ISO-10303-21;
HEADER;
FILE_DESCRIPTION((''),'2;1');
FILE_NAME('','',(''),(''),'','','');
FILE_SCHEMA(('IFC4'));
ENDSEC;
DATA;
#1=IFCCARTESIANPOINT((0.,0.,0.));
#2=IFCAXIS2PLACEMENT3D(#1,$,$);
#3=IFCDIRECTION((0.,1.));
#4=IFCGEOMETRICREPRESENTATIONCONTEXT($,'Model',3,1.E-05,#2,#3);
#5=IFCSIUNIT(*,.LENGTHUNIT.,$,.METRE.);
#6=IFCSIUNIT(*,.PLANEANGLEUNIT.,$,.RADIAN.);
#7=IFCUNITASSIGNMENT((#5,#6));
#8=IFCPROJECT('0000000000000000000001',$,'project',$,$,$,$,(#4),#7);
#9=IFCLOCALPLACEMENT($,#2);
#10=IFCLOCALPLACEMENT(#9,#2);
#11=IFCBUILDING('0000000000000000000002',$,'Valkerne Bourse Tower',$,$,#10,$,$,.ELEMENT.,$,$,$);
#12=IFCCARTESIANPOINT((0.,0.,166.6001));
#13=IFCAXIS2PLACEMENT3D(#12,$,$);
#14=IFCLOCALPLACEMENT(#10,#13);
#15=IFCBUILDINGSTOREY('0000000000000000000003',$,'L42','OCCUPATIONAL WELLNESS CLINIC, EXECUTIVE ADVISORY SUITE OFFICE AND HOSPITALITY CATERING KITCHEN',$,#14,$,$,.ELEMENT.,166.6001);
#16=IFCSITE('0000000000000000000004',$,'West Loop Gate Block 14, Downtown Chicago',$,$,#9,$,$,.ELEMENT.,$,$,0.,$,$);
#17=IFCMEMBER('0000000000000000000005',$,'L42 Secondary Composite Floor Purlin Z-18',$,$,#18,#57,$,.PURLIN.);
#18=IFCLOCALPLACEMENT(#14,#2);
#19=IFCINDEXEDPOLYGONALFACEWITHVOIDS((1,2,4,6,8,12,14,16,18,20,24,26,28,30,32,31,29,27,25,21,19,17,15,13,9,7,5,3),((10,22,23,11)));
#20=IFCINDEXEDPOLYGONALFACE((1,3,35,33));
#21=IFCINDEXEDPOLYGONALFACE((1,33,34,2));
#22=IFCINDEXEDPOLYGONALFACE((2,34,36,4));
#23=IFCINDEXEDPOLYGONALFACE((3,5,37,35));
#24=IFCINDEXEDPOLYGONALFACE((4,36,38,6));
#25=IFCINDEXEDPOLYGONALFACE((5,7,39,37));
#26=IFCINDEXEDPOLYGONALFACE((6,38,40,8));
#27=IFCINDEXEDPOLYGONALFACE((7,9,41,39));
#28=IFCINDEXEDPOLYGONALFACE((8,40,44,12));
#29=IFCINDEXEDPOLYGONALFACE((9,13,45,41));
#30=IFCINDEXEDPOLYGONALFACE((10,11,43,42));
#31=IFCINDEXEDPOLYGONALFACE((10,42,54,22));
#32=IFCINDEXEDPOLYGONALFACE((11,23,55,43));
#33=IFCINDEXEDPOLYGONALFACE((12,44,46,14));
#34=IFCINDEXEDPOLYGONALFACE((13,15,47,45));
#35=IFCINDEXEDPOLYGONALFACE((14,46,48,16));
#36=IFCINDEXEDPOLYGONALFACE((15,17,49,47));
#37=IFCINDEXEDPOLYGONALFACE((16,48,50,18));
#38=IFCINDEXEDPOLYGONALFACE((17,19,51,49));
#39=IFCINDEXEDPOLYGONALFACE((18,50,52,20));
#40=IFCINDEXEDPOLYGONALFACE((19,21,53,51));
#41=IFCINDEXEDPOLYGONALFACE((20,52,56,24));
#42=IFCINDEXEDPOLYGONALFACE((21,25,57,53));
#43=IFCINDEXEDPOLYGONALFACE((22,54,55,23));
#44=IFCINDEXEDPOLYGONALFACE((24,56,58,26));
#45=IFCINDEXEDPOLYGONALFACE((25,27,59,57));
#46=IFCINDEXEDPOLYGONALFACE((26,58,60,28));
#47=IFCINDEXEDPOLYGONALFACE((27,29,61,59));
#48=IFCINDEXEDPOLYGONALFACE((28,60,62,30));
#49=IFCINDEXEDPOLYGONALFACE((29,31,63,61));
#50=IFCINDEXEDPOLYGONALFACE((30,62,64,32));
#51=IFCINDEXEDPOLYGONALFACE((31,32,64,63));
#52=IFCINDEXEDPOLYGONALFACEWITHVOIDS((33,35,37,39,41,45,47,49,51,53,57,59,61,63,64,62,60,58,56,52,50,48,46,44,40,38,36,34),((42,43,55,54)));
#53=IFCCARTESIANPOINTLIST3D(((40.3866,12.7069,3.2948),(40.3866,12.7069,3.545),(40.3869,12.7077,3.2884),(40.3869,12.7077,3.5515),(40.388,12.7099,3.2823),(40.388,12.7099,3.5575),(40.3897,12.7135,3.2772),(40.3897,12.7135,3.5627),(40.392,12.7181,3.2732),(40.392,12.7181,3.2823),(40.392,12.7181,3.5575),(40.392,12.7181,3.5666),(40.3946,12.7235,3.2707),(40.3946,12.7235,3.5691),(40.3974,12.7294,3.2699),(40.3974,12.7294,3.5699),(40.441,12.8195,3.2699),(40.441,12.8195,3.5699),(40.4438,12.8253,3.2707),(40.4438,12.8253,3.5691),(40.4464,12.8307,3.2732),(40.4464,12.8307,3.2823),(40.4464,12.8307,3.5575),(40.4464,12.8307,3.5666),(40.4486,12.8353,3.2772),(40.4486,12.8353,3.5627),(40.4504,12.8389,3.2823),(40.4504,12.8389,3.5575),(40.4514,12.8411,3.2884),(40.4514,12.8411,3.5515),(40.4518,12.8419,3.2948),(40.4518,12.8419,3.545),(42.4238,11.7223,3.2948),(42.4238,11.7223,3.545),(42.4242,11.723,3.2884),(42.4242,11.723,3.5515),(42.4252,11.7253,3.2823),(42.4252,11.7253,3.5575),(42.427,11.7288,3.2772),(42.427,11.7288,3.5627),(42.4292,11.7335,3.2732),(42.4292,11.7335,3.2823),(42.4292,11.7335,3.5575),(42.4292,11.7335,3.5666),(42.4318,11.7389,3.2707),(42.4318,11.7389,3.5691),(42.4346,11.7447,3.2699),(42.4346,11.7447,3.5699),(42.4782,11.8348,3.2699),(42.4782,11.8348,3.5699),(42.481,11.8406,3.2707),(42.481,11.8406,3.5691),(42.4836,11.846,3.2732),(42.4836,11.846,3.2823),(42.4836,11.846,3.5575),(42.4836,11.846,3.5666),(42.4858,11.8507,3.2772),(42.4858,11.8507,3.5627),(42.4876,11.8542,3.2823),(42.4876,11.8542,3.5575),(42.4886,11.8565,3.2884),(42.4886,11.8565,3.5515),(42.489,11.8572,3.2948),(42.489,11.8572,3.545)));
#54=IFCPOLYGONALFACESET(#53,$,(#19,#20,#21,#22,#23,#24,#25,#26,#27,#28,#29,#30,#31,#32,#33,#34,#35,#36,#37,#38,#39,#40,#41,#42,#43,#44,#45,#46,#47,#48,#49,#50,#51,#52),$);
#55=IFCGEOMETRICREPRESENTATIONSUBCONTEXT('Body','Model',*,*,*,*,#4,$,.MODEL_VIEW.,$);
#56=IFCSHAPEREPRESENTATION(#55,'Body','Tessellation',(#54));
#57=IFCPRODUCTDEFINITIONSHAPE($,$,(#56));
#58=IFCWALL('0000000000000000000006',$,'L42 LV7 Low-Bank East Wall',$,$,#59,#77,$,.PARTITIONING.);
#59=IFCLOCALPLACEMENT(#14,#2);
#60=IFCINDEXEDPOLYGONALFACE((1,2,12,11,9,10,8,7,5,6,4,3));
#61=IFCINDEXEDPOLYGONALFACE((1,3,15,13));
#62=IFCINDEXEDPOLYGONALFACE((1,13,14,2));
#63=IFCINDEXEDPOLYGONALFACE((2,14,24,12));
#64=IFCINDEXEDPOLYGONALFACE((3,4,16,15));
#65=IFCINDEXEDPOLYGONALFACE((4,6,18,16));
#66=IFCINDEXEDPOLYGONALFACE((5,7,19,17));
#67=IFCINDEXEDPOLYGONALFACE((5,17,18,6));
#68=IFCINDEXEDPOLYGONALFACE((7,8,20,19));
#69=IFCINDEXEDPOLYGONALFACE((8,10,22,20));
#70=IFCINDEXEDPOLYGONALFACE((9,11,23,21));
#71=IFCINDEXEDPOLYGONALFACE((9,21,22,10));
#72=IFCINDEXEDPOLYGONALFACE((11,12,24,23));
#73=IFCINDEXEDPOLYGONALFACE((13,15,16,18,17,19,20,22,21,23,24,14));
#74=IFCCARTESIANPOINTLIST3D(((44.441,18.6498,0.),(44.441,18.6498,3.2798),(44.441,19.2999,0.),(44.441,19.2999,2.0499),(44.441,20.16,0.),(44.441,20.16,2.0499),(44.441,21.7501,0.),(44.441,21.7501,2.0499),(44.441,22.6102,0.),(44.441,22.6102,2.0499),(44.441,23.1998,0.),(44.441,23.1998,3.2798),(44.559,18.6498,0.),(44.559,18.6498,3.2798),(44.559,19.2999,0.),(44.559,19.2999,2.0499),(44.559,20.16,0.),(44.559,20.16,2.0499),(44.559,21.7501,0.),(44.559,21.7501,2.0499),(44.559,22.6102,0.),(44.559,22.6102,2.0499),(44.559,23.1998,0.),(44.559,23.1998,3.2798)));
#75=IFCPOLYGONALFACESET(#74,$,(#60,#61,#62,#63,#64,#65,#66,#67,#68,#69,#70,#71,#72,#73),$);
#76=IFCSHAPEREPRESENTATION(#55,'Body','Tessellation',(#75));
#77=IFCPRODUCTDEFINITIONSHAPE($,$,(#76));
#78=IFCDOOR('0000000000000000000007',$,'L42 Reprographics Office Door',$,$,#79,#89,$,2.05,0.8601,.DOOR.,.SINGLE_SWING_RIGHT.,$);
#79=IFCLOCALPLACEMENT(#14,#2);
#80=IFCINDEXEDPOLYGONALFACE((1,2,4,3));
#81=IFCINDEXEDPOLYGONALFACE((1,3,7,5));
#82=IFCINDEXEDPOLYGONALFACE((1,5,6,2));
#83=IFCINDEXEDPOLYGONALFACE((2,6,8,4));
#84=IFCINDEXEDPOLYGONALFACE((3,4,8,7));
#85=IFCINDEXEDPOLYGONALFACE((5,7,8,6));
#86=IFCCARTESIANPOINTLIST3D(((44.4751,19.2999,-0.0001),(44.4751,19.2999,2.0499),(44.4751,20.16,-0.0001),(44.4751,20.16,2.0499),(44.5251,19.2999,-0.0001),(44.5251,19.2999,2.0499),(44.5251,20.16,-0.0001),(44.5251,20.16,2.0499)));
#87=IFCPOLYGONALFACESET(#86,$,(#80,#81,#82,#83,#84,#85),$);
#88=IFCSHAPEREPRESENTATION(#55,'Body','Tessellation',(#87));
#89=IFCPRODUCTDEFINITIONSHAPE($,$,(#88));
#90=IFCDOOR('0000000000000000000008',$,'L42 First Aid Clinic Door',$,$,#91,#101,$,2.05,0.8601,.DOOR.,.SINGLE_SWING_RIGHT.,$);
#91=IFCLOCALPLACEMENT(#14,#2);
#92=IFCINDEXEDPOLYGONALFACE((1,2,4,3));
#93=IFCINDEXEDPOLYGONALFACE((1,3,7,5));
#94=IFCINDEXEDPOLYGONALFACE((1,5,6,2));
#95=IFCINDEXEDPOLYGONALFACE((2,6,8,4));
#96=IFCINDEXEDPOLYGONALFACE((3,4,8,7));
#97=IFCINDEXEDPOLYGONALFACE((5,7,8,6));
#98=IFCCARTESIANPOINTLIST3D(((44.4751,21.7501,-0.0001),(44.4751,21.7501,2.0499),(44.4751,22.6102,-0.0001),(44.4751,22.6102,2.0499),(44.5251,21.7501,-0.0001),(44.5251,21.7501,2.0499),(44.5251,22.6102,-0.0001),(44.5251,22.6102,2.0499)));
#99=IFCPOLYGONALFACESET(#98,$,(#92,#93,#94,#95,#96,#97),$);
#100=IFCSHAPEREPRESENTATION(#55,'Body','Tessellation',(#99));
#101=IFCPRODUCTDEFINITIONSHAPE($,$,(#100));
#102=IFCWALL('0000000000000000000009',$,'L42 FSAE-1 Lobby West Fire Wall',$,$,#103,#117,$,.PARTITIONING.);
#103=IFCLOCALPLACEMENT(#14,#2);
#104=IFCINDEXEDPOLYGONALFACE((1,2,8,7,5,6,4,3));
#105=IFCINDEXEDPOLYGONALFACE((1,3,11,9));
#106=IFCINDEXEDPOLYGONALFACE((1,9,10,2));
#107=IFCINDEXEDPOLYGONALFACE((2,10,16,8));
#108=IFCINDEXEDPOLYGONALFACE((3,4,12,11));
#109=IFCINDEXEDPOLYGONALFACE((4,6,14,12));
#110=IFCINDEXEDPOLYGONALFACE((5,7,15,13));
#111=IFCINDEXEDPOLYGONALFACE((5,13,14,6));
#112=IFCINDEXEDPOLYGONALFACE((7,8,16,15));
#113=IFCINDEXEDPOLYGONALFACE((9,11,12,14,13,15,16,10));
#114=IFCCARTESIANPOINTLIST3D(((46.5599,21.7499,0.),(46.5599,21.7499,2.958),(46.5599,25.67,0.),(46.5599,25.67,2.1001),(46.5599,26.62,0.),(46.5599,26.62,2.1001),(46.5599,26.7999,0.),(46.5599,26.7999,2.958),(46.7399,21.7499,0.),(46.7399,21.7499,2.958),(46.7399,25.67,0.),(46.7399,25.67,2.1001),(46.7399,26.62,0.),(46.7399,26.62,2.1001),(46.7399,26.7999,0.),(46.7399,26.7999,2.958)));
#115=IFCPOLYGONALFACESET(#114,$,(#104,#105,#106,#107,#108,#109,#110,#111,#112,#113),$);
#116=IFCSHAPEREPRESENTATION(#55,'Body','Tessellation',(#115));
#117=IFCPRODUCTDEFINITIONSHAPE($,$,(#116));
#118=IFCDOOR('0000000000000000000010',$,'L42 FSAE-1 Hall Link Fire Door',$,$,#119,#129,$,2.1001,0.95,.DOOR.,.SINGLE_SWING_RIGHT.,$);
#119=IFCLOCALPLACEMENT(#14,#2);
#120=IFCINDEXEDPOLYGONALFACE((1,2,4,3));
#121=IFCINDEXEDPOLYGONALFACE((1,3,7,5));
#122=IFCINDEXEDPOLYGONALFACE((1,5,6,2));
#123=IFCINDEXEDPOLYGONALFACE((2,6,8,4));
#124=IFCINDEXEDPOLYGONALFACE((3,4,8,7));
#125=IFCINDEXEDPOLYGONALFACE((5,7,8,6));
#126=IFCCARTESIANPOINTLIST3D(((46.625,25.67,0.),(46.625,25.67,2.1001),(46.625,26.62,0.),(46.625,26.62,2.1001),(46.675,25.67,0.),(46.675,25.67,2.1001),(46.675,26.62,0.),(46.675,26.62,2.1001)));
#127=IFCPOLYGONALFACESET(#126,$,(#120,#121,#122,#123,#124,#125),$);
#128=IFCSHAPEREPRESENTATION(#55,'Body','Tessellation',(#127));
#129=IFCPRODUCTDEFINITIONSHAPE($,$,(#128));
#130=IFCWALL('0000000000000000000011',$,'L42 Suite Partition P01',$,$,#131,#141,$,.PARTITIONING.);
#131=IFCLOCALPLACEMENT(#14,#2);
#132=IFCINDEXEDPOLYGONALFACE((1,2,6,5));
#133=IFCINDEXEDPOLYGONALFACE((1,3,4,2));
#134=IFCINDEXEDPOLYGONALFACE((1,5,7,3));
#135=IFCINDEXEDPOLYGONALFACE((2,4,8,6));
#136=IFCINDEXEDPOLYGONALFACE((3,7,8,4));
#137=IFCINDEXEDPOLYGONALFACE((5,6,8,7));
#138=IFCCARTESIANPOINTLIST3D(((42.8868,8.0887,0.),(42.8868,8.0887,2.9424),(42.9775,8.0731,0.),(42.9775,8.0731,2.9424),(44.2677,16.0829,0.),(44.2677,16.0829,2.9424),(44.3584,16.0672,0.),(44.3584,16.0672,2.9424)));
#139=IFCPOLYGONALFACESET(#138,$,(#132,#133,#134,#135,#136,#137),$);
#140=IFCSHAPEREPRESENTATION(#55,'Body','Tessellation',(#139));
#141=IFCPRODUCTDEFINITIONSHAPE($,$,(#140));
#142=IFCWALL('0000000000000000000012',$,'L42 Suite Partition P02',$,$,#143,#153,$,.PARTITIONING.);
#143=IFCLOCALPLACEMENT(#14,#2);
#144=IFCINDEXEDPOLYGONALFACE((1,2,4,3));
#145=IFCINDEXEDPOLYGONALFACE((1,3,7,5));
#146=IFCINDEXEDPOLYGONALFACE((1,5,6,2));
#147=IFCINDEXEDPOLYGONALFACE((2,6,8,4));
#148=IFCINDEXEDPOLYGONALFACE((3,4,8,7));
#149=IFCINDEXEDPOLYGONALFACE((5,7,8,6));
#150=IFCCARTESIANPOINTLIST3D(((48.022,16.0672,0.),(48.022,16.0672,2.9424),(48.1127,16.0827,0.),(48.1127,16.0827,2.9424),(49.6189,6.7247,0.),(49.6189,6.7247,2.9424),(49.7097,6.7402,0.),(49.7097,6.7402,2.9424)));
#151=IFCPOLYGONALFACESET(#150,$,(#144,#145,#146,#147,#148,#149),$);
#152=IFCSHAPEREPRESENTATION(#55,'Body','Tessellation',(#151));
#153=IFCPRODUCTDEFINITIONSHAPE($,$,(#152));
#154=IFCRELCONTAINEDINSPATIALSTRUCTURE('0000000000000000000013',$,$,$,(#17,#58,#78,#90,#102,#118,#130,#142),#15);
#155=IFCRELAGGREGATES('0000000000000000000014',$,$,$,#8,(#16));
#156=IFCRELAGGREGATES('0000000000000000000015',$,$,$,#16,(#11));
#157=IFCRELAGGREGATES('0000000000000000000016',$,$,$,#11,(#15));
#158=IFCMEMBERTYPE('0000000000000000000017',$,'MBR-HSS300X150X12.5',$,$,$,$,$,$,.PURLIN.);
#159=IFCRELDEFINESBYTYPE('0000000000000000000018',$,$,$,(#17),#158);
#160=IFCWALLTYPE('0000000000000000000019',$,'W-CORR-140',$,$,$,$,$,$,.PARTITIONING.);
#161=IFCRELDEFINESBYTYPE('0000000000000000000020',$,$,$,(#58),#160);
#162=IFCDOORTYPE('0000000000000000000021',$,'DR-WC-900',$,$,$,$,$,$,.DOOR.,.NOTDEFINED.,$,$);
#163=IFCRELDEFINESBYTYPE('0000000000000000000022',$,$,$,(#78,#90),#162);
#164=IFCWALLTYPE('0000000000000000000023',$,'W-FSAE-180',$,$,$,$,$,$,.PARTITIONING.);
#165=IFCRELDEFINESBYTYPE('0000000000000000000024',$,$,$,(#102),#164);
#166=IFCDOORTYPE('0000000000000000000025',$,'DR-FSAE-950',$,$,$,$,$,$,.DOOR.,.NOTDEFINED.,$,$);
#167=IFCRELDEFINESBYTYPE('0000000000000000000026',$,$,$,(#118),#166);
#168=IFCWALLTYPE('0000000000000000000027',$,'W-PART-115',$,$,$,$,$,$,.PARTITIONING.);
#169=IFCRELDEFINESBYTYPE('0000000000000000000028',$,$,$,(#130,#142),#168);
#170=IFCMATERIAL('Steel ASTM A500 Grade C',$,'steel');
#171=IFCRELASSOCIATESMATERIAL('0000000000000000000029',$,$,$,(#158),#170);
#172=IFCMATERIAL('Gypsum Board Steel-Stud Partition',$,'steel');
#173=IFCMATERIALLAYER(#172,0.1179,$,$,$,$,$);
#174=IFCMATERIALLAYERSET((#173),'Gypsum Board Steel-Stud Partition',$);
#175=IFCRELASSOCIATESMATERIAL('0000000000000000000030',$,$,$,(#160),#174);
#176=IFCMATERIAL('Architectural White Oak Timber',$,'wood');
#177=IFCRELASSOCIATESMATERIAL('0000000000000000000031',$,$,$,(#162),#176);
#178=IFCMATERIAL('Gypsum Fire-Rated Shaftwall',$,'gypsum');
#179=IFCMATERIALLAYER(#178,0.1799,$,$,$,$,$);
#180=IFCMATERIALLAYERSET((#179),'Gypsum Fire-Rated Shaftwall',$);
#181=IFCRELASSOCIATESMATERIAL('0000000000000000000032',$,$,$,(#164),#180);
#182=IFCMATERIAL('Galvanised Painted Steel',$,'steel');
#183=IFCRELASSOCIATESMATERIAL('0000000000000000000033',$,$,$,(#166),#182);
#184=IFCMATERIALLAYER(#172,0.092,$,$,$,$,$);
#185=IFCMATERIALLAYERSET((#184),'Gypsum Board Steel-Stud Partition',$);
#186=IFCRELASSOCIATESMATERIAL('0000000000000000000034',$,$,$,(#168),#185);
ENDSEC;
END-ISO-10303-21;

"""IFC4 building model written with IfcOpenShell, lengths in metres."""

from ifc_helpers import new_model, si_unit, direction, frame, frame_2d, origin, origin_2d, place, context, subcontext, project, spatial, rectangle, hollow_rectangle, extrude, material, layer, layer_set, material_profile, profile_set, type_object, element, fill, save


model = new_model("IFC4")

# Units and contexts
model_context = context("Model", 3, precision=1e-05, world=origin(), true_north=direction((0.0, 1.0)))
body_context = subcontext(model_context, "Body", "Model", "MODEL_VIEW")
ifc_project = project(units=[si_unit("LENGTHUNIT", "METRE"), si_unit("PLANEANGLEUNIT", "RADIAN")], contexts=[model_context])

# Site, building, storey
site_placement = place(None, origin())
site = spatial("IfcSite", under=ifc_project, at=site_placement, Name="West Loop Gate Block 14, Downtown Chicago", CompositionType="ELEMENT", RefElevation=0.0)
building_placement = place(site_placement, origin())
building = spatial("IfcBuilding", under=site, at=building_placement, Name="Valkerne Bourse Tower", CompositionType="ELEMENT")
storey_placement = place(building_placement, frame((0.0, 0.0, 166.6001)))
storey = spatial("IfcBuildingStorey", under=building, at=storey_placement, Name="L42", Description="OCCUPATIONAL WELLNESS CLINIC, EXECUTIVE ADVISORY SUITE OFFICE AND HOSPITALITY CATERING KITCHEN", CompositionType="ELEMENT", Elevation=166.6001)

# Member
ifc_material_1 = material(Name="Steel ASTM A500 Grade C", Category="steel")
ifc_material_profile_1 = material_profile(ifc_material_1, hollow_rectangle(XDim=0.1499, YDim=0.3, WallThickness=0.0125, OuterFilletRadius=0.0249, at=origin_2d()), Name="HSS300X150X12.5")
ifc_profile_set_1 = profile_set([ifc_material_profile_1], Name="Steel ASTM A500 Grade C")
member_type = type_object("IfcMemberType", Name="MBR-HSS300X150X12.5", PredefinedType="PURLIN", material=ifc_profile_set_1)
member_1_placement = place(storey_placement, frame((40.4192, 12.7744, 3.4199), z_axis=(0.900346, -0.435174, 0.0), x_axis=(0.435174, 0.900346, 0.0)))
element("IfcMember", 1, at=member_1_placement, inside=storey, type_object=member_type, Name="L42 Secondary Composite Floor Purlin Z-18", PredefinedType="PURLIN", context=body_context, shape_type="SweptSolid", body=[
    extrude(hollow_rectangle(XDim=0.1499, YDim=0.3, WallThickness=0.0125, OuterFilletRadius=0.0249, at=origin_2d()), origin(), (0.0, 0.0, 1.0), 2.2627),
])

# Wall, openings, doors
ifc_material_2 = material(Name="Gypsum Board Steel-Stud Partition", Category="steel")
ifc_layer_1 = layer(ifc_material_2, 0.1179)
ifc_layer_set_1 = layer_set([ifc_layer_1], Name="Gypsum Board Steel-Stud Partition")
wall_type_1 = type_object("IfcWallType", Name="W-CORR-140", PredefinedType="PARTITIONING", material=ifc_layer_set_1)
wall_1_placement = place(storey_placement, frame((44.5, 18.6499, 0.0), z_axis=(0.0, 0.0, 1.0), x_axis=(0.0, 1.0, 0.0)))
wall_1 = element("IfcWall", 2, at=wall_1_placement, inside=storey, type_object=wall_type_1, Name="L42 LV7 Low-Bank East Wall", PredefinedType="PARTITIONING", context=body_context, shape_type="SweptSolid", body=[
    extrude(rectangle(XDim=4.55, YDim=0.1179, at=frame_2d((2.2749, 0.0))), origin(), (0.0, 0.0, 1.0), 3.2798),
])
opening_1_placement = place(wall_1_placement, frame((0.6499, 0.0, 0.0)))
opening_1 = element("IfcOpeningElement", 3, at=opening_1_placement, cuts=wall_1, PredefinedType="OPENING", context=body_context, shape_type="SweptSolid", body=[
    extrude(rectangle(XDim=0.8601, YDim=2.05, at=frame_2d((0.4302, 1.0249))), frame((0.0, 0.0688, 0.0), z_axis=(0.0, -1.0, 0.0), x_axis=(1.0, 0.0, 0.0)), (0.0, 0.0, 1.0), 0.1379),
])
opening_2_placement = place(wall_1_placement, frame((3.1001, 0.0, 0.0)))
opening_2 = element("IfcOpeningElement", 4, at=opening_2_placement, cuts=wall_1, PredefinedType="OPENING", context=body_context, shape_type="SweptSolid", body=[
    extrude(rectangle(XDim=0.8601, YDim=2.05, at=frame_2d((0.4302, 1.0249))), frame((0.0, 0.0688, 0.0), z_axis=(0.0, -1.0, 0.0), x_axis=(1.0, 0.0, 0.0)), (0.0, 0.0, 1.0), 0.1379),
])
ifc_material_3 = material(Name="Architectural White Oak Timber", Category="wood")
door_type_1 = type_object("IfcDoorType", Name="DR-WC-900", OperationType="NOTDEFINED", PredefinedType="DOOR", material=ifc_material_3)
door_1_placement = place(opening_1_placement, origin())
door_1 = element("IfcDoor", 5, at=door_1_placement, inside=storey, type_object=door_type_1, Name="L42 Reprographics Office Door", OperationType="SINGLE_SWING_RIGHT", OverallHeight=2.05, OverallWidth=0.8601, PredefinedType="DOOR", context=body_context, shape_type="SweptSolid", body=[
    extrude(rectangle(XDim=0.8601, YDim=2.05, at=frame_2d((0.4302, 1.0249))), frame((0.0, 0.0249, 0.0), z_axis=(0.0, -1.0, 0.0), x_axis=(1.0, 0.0, 0.0)), (0.0, 0.0, 1.0), 0.05),
])
fill(opening_1, door_1)
door_2_placement = place(opening_2_placement, origin())
door_2 = element("IfcDoor", 6, at=door_2_placement, inside=storey, type_object=door_type_1, Name="L42 First Aid Clinic Door", OperationType="SINGLE_SWING_RIGHT", OverallHeight=2.05, OverallWidth=0.8601, PredefinedType="DOOR", context=body_context, shape_type="SweptSolid", body=[
    extrude(rectangle(XDim=0.8601, YDim=2.05, at=frame_2d((0.4302, 1.0249))), frame((0.0, 0.0249, 0.0), z_axis=(0.0, -1.0, 0.0), x_axis=(1.0, 0.0, 0.0)), (0.0, 0.0, 1.0), 0.05),
])
fill(opening_2, door_2)

# Wall, opening, door
ifc_material_4 = material(Name="Gypsum Fire-Rated Shaftwall", Category="gypsum")
ifc_layer_2 = layer(ifc_material_4, 0.1799)
ifc_layer_set_2 = layer_set([ifc_layer_2], Name="Gypsum Fire-Rated Shaftwall")
wall_type_2 = type_object("IfcWallType", Name="W-FSAE-180", PredefinedType="PARTITIONING", material=ifc_layer_set_2)
wall_2_placement = place(storey_placement, frame((46.6499, 21.75, 0.0), z_axis=(0.0, 0.0, 1.0), x_axis=(0.0, 1.0, 0.0)))
wall_2 = element("IfcWall", 7, at=wall_2_placement, inside=storey, type_object=wall_type_2, Name="L42 FSAE-1 Lobby West Fire Wall", PredefinedType="PARTITIONING", context=body_context, shape_type="SweptSolid", body=[
    extrude(rectangle(XDim=5.05, YDim=0.1799, at=frame_2d((2.5249, 0.0))), origin(), (0.0, 0.0, 1.0), 2.958),
])
opening_3_placement = place(wall_2_placement, frame((3.9199, 0.0, 0.0)))
opening_3 = element("IfcOpeningElement", 8, at=opening_3_placement, cuts=wall_2, PredefinedType="OPENING", context=body_context, shape_type="SweptSolid", body=[
    extrude(rectangle(XDim=0.95, YDim=2.1001, at=frame_2d((0.4751, 1.05))), frame((0.0, 0.0999, 0.0), z_axis=(0.0, -1.0, 0.0), x_axis=(1.0, 0.0, 0.0)), (0.0, 0.0, 1.0), 0.2),
])
ifc_material_5 = material(Name="Galvanised Painted Steel", Category="steel")
door_type_2 = type_object("IfcDoorType", Name="DR-FSAE-950", OperationType="NOTDEFINED", PredefinedType="DOOR", material=ifc_material_5)
door_3_placement = place(opening_3_placement, origin())
door_3 = element("IfcDoor", 9, at=door_3_placement, inside=storey, type_object=door_type_2, Name="L42 FSAE-1 Hall Link Fire Door", OperationType="SINGLE_SWING_RIGHT", OverallHeight=2.1001, OverallWidth=0.95, PredefinedType="DOOR", context=body_context, shape_type="SweptSolid", body=[
    extrude(rectangle(XDim=0.95, YDim=2.1001, at=frame_2d((0.4751, 1.05))), frame((0.0, 0.0249, 0.0), z_axis=(0.0, -1.0, 0.0), x_axis=(1.0, 0.0, 0.0)), (0.0, 0.0, 1.0), 0.05),
])
fill(opening_3, door_3)

# Walls
ifc_layer_3 = layer(ifc_material_2, 0.092)
ifc_layer_set_3 = layer_set([ifc_layer_3], Name="Gypsum Board Steel-Stud Partition")
wall_type_3 = type_object("IfcWallType", Name="W-PART-115", PredefinedType="PARTITIONING", material=ifc_layer_set_3)
wall_3_placement = place(storey_placement, frame((44.313, 16.075, 0.0), z_axis=(0.0, 0.0, 1.0), x_axis=(-0.170213, -0.985407, 0.0)))
element("IfcWall", 10, at=wall_3_placement, inside=storey, type_object=wall_type_3, Name="L42 Suite Partition P01", PredefinedType="PARTITIONING", context=body_context, shape_type="SweptSolid", body=[
    extrude(rectangle(XDim=8.1125, YDim=0.092, at=frame_2d((4.0562, 0.0))), origin(), (0.0, 0.0, 1.0), 2.9424),
])
wall_4_placement = place(storey_placement, frame((48.0674, 16.075, 0.0), z_axis=(0.0, 0.0, 1.0), x_axis=(0.168487, -0.985704, 0.0)))
element("IfcWall", 11, at=wall_4_placement, inside=storey, type_object=wall_type_3, Name="L42 Suite Partition P02", PredefinedType="PARTITIONING", context=body_context, shape_type="SweptSolid", body=[
    extrude(rectangle(XDim=9.478, YDim=0.092, at=frame_2d((4.739, 0.0))), origin(), (0.0, 0.0, 1.0), 2.9424),
])

save(model, "model.ifc")
